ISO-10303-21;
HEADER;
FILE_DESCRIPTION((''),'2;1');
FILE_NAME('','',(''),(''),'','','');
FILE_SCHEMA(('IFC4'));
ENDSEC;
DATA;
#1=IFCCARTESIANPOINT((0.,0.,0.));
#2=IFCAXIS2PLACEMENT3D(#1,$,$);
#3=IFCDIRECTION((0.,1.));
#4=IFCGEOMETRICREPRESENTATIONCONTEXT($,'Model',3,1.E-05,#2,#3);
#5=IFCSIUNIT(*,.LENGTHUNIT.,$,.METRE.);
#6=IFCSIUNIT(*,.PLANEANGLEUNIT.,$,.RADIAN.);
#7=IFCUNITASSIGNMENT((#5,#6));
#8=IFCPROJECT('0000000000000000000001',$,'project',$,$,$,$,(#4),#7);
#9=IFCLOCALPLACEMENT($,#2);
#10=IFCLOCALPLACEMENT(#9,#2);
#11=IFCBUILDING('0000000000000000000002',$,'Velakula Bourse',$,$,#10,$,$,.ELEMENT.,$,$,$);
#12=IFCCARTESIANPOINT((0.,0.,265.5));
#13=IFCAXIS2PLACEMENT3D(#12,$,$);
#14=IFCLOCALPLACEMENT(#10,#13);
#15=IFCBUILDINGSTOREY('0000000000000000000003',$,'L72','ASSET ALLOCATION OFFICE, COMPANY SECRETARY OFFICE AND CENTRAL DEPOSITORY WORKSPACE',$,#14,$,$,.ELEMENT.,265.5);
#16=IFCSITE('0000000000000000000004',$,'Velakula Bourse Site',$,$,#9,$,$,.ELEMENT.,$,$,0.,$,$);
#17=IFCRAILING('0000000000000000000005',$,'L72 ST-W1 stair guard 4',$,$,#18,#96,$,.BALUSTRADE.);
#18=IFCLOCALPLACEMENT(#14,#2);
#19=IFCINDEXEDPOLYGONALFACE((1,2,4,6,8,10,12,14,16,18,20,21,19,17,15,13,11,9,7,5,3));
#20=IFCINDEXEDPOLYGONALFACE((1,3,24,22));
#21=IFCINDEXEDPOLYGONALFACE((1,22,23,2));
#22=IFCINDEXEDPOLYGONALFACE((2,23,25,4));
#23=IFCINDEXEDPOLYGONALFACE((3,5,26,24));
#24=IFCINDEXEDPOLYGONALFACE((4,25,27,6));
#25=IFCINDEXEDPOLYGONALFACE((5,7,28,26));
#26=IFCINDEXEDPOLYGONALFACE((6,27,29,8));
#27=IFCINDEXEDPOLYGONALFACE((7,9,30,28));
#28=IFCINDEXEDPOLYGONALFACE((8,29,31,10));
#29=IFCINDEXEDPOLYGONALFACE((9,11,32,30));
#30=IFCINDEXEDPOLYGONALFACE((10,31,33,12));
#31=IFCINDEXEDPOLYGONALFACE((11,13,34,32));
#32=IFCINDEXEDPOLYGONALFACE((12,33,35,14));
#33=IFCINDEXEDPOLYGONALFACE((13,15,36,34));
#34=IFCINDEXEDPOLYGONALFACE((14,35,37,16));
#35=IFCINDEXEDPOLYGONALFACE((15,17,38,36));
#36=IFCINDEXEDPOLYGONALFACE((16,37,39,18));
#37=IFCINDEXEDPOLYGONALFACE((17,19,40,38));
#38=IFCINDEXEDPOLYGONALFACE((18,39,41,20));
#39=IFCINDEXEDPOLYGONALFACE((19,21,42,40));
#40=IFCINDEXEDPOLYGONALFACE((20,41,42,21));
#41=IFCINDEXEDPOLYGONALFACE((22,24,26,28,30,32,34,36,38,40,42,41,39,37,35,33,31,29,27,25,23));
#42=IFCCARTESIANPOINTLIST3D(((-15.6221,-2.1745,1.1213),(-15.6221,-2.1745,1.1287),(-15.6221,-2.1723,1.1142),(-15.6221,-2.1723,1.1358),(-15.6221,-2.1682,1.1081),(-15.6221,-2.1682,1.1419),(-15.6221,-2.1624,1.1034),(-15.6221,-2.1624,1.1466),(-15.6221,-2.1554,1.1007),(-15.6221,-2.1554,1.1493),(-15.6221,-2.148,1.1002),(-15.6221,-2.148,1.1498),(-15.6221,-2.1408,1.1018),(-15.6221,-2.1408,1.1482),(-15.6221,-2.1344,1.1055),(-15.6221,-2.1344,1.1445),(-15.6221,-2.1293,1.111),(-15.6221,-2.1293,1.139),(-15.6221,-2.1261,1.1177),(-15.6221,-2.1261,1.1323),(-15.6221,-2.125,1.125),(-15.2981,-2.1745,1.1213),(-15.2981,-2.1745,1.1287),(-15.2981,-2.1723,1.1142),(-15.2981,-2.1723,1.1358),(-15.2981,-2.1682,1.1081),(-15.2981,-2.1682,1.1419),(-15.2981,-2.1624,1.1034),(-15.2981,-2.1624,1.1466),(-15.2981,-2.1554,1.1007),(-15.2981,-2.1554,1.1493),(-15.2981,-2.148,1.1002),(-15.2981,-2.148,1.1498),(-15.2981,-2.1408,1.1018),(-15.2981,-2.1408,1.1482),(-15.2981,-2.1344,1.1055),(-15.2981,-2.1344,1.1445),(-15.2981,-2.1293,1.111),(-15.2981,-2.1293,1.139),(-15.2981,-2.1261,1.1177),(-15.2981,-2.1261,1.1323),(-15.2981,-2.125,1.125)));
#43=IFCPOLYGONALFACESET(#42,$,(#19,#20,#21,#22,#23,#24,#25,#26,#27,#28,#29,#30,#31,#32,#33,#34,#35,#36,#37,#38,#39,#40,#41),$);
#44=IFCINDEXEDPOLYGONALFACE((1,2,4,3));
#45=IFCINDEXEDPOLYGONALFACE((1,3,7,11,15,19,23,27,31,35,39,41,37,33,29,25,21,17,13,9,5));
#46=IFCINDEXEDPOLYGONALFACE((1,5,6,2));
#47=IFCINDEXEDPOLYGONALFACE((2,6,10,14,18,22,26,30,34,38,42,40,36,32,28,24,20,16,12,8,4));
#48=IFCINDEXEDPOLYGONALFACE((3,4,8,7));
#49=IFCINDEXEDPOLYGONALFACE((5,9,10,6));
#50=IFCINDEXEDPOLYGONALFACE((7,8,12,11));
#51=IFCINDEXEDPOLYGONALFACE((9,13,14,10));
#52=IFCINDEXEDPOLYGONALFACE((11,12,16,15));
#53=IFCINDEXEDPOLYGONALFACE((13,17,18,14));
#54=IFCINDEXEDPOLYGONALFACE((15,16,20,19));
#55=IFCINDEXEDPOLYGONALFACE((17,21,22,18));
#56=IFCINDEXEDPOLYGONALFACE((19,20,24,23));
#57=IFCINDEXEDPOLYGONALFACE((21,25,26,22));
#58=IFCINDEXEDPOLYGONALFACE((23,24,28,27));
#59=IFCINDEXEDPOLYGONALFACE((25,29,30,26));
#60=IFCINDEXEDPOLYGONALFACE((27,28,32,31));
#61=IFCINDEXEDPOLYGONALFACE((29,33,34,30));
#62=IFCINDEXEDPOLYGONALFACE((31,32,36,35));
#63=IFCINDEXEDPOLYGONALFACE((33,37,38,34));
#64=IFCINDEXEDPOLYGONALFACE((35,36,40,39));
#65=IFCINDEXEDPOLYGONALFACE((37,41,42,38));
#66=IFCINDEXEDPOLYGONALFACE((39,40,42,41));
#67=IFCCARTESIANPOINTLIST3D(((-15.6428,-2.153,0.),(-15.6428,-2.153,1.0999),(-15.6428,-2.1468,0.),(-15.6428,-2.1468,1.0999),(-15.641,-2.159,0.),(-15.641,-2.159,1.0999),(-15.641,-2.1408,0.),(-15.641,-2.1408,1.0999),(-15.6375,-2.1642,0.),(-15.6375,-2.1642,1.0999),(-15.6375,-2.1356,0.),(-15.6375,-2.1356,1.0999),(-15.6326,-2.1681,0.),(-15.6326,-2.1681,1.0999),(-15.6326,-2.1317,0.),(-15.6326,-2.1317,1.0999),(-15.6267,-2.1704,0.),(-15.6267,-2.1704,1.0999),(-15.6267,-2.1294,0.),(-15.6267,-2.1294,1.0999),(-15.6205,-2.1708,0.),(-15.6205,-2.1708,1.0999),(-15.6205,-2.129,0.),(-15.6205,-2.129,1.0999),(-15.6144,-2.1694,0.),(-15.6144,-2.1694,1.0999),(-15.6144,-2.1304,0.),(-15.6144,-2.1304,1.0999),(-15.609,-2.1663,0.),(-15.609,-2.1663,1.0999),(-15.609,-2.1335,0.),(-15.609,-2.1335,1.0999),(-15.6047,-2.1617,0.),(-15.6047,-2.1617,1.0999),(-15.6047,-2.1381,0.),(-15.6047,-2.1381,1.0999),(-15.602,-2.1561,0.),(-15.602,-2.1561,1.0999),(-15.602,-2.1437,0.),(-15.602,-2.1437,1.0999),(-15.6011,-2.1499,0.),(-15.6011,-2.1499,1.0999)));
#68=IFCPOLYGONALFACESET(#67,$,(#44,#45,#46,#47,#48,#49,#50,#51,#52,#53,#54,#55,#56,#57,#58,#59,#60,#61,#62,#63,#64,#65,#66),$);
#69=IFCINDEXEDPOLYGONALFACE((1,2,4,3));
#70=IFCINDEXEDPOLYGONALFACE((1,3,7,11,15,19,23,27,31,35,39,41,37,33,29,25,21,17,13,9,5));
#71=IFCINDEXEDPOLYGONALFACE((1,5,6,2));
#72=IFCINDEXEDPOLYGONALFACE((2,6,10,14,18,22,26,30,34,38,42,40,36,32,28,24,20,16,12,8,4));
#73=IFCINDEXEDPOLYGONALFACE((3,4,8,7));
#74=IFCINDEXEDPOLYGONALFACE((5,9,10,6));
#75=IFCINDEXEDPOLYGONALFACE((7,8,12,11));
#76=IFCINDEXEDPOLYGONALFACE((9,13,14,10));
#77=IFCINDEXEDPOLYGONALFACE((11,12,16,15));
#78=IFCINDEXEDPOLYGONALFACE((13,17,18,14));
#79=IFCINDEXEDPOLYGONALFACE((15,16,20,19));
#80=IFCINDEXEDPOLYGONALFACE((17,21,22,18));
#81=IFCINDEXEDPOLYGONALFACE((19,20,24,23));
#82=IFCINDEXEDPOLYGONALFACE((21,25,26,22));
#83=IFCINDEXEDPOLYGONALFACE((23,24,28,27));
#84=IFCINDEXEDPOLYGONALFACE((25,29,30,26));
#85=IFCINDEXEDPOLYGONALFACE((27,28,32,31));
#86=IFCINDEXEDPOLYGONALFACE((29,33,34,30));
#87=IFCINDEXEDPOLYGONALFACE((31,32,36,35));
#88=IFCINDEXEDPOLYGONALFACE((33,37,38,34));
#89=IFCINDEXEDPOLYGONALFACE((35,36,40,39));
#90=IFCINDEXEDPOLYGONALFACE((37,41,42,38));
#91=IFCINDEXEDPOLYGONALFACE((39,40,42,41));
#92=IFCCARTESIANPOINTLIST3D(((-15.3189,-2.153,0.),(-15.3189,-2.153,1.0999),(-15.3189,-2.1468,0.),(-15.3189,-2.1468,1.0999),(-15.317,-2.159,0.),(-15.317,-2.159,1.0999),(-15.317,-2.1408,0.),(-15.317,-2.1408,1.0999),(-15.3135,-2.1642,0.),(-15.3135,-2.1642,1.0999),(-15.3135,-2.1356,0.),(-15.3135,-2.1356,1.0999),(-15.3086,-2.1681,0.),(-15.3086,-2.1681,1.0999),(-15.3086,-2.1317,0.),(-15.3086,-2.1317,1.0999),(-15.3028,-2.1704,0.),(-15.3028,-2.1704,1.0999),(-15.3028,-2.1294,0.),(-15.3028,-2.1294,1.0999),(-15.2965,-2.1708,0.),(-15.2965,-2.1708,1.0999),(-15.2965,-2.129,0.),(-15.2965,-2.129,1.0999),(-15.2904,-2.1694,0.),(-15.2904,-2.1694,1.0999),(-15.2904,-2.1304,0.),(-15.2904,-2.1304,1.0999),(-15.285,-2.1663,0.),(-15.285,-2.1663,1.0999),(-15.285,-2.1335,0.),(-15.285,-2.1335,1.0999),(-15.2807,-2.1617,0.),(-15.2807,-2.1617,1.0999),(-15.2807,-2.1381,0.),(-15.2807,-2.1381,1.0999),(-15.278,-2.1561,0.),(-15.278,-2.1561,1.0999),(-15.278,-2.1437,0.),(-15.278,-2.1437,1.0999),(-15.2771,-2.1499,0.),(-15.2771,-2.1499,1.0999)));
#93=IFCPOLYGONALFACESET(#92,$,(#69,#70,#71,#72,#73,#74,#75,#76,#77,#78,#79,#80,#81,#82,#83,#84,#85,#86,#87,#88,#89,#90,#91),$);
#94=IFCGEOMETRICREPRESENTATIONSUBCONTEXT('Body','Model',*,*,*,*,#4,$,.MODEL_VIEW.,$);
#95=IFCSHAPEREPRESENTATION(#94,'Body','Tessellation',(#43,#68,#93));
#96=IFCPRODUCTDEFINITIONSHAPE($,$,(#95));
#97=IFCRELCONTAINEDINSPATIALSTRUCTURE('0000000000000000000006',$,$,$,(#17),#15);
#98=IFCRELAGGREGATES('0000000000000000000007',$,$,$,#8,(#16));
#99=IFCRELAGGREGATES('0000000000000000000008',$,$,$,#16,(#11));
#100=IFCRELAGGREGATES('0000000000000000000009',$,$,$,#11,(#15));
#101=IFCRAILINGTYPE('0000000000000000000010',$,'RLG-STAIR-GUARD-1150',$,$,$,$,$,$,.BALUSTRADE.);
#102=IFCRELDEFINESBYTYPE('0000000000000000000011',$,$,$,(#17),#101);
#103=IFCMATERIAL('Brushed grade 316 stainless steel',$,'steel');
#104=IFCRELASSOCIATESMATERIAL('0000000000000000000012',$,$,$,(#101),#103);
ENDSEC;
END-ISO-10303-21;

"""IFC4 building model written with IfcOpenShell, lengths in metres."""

from ifc_helpers import new_model, si_unit, direction, frame, origin, origin_2d, place, context, subcontext, project, spatial, circle, extrude, material, type_object, element, save


model = new_model("IFC4")

# Units and contexts
model_context = context("Model", 3, precision=1e-05, world=origin(), true_north=direction((0.0, 1.0)))
body_context = subcontext(model_context, "Body", "Model", "MODEL_VIEW")
ifc_project = project(units=[si_unit("LENGTHUNIT", "METRE"), si_unit("PLANEANGLEUNIT", "RADIAN")], contexts=[model_context])

# Site, building, storey
site_placement = place(None, origin())
site = spatial("IfcSite", under=ifc_project, at=site_placement, Name="Velakula Bourse Site", CompositionType="ELEMENT", RefElevation=0.0)
building_placement = place(site_placement, origin())
building = spatial("IfcBuilding", under=site, at=building_placement, Name="Velakula Bourse", CompositionType="ELEMENT")
storey_placement = place(building_placement, frame((0.0, 0.0, 265.5)))
storey = spatial("IfcBuildingStorey", under=building, at=storey_placement, Name="L72", Description="ASSET ALLOCATION OFFICE, COMPANY SECRETARY OFFICE AND CENTRAL DEPOSITORY WORKSPACE", CompositionType="ELEMENT", Elevation=265.5)

# Shared definitions
ifc_material_1 = material(Name="Brushed grade 316 stainless steel", Category="steel")

# Railing
railing_type = type_object("IfcRailingType", Name="RLG-STAIR-GUARD-1150", PredefinedType="BALUSTRADE", material=ifc_material_1)
railing_1_placement = place(storey_placement, frame((-15.6221, -2.1499, 0.0)))
element("IfcRailing", 1, at=railing_1_placement, inside=storey, type_object=railing_type, Name="L72 ST-W1 stair guard 4", PredefinedType="BALUSTRADE", context=body_context, shape_type="SweptSolid", body=[
    extrude(circle(Radius=0.0249, at=origin_2d()), frame((0.0, 0.0, 1.125), z_axis=(1.0, 0.0, 0.0), x_axis=(0.0, 1.0, 0.0)), (0.0, 0.0, 1.0), 0.324),
    extrude(circle(Radius=0.021, at=origin_2d()), origin(), (0.0, 0.0, 1.0), 1.0999),
    extrude(circle(Radius=0.021, at=origin_2d()), frame((0.324, 0.0, 0.0)), (0.0, 0.0, 1.0), 1.0999),
])

save(model, "model.ifc")
